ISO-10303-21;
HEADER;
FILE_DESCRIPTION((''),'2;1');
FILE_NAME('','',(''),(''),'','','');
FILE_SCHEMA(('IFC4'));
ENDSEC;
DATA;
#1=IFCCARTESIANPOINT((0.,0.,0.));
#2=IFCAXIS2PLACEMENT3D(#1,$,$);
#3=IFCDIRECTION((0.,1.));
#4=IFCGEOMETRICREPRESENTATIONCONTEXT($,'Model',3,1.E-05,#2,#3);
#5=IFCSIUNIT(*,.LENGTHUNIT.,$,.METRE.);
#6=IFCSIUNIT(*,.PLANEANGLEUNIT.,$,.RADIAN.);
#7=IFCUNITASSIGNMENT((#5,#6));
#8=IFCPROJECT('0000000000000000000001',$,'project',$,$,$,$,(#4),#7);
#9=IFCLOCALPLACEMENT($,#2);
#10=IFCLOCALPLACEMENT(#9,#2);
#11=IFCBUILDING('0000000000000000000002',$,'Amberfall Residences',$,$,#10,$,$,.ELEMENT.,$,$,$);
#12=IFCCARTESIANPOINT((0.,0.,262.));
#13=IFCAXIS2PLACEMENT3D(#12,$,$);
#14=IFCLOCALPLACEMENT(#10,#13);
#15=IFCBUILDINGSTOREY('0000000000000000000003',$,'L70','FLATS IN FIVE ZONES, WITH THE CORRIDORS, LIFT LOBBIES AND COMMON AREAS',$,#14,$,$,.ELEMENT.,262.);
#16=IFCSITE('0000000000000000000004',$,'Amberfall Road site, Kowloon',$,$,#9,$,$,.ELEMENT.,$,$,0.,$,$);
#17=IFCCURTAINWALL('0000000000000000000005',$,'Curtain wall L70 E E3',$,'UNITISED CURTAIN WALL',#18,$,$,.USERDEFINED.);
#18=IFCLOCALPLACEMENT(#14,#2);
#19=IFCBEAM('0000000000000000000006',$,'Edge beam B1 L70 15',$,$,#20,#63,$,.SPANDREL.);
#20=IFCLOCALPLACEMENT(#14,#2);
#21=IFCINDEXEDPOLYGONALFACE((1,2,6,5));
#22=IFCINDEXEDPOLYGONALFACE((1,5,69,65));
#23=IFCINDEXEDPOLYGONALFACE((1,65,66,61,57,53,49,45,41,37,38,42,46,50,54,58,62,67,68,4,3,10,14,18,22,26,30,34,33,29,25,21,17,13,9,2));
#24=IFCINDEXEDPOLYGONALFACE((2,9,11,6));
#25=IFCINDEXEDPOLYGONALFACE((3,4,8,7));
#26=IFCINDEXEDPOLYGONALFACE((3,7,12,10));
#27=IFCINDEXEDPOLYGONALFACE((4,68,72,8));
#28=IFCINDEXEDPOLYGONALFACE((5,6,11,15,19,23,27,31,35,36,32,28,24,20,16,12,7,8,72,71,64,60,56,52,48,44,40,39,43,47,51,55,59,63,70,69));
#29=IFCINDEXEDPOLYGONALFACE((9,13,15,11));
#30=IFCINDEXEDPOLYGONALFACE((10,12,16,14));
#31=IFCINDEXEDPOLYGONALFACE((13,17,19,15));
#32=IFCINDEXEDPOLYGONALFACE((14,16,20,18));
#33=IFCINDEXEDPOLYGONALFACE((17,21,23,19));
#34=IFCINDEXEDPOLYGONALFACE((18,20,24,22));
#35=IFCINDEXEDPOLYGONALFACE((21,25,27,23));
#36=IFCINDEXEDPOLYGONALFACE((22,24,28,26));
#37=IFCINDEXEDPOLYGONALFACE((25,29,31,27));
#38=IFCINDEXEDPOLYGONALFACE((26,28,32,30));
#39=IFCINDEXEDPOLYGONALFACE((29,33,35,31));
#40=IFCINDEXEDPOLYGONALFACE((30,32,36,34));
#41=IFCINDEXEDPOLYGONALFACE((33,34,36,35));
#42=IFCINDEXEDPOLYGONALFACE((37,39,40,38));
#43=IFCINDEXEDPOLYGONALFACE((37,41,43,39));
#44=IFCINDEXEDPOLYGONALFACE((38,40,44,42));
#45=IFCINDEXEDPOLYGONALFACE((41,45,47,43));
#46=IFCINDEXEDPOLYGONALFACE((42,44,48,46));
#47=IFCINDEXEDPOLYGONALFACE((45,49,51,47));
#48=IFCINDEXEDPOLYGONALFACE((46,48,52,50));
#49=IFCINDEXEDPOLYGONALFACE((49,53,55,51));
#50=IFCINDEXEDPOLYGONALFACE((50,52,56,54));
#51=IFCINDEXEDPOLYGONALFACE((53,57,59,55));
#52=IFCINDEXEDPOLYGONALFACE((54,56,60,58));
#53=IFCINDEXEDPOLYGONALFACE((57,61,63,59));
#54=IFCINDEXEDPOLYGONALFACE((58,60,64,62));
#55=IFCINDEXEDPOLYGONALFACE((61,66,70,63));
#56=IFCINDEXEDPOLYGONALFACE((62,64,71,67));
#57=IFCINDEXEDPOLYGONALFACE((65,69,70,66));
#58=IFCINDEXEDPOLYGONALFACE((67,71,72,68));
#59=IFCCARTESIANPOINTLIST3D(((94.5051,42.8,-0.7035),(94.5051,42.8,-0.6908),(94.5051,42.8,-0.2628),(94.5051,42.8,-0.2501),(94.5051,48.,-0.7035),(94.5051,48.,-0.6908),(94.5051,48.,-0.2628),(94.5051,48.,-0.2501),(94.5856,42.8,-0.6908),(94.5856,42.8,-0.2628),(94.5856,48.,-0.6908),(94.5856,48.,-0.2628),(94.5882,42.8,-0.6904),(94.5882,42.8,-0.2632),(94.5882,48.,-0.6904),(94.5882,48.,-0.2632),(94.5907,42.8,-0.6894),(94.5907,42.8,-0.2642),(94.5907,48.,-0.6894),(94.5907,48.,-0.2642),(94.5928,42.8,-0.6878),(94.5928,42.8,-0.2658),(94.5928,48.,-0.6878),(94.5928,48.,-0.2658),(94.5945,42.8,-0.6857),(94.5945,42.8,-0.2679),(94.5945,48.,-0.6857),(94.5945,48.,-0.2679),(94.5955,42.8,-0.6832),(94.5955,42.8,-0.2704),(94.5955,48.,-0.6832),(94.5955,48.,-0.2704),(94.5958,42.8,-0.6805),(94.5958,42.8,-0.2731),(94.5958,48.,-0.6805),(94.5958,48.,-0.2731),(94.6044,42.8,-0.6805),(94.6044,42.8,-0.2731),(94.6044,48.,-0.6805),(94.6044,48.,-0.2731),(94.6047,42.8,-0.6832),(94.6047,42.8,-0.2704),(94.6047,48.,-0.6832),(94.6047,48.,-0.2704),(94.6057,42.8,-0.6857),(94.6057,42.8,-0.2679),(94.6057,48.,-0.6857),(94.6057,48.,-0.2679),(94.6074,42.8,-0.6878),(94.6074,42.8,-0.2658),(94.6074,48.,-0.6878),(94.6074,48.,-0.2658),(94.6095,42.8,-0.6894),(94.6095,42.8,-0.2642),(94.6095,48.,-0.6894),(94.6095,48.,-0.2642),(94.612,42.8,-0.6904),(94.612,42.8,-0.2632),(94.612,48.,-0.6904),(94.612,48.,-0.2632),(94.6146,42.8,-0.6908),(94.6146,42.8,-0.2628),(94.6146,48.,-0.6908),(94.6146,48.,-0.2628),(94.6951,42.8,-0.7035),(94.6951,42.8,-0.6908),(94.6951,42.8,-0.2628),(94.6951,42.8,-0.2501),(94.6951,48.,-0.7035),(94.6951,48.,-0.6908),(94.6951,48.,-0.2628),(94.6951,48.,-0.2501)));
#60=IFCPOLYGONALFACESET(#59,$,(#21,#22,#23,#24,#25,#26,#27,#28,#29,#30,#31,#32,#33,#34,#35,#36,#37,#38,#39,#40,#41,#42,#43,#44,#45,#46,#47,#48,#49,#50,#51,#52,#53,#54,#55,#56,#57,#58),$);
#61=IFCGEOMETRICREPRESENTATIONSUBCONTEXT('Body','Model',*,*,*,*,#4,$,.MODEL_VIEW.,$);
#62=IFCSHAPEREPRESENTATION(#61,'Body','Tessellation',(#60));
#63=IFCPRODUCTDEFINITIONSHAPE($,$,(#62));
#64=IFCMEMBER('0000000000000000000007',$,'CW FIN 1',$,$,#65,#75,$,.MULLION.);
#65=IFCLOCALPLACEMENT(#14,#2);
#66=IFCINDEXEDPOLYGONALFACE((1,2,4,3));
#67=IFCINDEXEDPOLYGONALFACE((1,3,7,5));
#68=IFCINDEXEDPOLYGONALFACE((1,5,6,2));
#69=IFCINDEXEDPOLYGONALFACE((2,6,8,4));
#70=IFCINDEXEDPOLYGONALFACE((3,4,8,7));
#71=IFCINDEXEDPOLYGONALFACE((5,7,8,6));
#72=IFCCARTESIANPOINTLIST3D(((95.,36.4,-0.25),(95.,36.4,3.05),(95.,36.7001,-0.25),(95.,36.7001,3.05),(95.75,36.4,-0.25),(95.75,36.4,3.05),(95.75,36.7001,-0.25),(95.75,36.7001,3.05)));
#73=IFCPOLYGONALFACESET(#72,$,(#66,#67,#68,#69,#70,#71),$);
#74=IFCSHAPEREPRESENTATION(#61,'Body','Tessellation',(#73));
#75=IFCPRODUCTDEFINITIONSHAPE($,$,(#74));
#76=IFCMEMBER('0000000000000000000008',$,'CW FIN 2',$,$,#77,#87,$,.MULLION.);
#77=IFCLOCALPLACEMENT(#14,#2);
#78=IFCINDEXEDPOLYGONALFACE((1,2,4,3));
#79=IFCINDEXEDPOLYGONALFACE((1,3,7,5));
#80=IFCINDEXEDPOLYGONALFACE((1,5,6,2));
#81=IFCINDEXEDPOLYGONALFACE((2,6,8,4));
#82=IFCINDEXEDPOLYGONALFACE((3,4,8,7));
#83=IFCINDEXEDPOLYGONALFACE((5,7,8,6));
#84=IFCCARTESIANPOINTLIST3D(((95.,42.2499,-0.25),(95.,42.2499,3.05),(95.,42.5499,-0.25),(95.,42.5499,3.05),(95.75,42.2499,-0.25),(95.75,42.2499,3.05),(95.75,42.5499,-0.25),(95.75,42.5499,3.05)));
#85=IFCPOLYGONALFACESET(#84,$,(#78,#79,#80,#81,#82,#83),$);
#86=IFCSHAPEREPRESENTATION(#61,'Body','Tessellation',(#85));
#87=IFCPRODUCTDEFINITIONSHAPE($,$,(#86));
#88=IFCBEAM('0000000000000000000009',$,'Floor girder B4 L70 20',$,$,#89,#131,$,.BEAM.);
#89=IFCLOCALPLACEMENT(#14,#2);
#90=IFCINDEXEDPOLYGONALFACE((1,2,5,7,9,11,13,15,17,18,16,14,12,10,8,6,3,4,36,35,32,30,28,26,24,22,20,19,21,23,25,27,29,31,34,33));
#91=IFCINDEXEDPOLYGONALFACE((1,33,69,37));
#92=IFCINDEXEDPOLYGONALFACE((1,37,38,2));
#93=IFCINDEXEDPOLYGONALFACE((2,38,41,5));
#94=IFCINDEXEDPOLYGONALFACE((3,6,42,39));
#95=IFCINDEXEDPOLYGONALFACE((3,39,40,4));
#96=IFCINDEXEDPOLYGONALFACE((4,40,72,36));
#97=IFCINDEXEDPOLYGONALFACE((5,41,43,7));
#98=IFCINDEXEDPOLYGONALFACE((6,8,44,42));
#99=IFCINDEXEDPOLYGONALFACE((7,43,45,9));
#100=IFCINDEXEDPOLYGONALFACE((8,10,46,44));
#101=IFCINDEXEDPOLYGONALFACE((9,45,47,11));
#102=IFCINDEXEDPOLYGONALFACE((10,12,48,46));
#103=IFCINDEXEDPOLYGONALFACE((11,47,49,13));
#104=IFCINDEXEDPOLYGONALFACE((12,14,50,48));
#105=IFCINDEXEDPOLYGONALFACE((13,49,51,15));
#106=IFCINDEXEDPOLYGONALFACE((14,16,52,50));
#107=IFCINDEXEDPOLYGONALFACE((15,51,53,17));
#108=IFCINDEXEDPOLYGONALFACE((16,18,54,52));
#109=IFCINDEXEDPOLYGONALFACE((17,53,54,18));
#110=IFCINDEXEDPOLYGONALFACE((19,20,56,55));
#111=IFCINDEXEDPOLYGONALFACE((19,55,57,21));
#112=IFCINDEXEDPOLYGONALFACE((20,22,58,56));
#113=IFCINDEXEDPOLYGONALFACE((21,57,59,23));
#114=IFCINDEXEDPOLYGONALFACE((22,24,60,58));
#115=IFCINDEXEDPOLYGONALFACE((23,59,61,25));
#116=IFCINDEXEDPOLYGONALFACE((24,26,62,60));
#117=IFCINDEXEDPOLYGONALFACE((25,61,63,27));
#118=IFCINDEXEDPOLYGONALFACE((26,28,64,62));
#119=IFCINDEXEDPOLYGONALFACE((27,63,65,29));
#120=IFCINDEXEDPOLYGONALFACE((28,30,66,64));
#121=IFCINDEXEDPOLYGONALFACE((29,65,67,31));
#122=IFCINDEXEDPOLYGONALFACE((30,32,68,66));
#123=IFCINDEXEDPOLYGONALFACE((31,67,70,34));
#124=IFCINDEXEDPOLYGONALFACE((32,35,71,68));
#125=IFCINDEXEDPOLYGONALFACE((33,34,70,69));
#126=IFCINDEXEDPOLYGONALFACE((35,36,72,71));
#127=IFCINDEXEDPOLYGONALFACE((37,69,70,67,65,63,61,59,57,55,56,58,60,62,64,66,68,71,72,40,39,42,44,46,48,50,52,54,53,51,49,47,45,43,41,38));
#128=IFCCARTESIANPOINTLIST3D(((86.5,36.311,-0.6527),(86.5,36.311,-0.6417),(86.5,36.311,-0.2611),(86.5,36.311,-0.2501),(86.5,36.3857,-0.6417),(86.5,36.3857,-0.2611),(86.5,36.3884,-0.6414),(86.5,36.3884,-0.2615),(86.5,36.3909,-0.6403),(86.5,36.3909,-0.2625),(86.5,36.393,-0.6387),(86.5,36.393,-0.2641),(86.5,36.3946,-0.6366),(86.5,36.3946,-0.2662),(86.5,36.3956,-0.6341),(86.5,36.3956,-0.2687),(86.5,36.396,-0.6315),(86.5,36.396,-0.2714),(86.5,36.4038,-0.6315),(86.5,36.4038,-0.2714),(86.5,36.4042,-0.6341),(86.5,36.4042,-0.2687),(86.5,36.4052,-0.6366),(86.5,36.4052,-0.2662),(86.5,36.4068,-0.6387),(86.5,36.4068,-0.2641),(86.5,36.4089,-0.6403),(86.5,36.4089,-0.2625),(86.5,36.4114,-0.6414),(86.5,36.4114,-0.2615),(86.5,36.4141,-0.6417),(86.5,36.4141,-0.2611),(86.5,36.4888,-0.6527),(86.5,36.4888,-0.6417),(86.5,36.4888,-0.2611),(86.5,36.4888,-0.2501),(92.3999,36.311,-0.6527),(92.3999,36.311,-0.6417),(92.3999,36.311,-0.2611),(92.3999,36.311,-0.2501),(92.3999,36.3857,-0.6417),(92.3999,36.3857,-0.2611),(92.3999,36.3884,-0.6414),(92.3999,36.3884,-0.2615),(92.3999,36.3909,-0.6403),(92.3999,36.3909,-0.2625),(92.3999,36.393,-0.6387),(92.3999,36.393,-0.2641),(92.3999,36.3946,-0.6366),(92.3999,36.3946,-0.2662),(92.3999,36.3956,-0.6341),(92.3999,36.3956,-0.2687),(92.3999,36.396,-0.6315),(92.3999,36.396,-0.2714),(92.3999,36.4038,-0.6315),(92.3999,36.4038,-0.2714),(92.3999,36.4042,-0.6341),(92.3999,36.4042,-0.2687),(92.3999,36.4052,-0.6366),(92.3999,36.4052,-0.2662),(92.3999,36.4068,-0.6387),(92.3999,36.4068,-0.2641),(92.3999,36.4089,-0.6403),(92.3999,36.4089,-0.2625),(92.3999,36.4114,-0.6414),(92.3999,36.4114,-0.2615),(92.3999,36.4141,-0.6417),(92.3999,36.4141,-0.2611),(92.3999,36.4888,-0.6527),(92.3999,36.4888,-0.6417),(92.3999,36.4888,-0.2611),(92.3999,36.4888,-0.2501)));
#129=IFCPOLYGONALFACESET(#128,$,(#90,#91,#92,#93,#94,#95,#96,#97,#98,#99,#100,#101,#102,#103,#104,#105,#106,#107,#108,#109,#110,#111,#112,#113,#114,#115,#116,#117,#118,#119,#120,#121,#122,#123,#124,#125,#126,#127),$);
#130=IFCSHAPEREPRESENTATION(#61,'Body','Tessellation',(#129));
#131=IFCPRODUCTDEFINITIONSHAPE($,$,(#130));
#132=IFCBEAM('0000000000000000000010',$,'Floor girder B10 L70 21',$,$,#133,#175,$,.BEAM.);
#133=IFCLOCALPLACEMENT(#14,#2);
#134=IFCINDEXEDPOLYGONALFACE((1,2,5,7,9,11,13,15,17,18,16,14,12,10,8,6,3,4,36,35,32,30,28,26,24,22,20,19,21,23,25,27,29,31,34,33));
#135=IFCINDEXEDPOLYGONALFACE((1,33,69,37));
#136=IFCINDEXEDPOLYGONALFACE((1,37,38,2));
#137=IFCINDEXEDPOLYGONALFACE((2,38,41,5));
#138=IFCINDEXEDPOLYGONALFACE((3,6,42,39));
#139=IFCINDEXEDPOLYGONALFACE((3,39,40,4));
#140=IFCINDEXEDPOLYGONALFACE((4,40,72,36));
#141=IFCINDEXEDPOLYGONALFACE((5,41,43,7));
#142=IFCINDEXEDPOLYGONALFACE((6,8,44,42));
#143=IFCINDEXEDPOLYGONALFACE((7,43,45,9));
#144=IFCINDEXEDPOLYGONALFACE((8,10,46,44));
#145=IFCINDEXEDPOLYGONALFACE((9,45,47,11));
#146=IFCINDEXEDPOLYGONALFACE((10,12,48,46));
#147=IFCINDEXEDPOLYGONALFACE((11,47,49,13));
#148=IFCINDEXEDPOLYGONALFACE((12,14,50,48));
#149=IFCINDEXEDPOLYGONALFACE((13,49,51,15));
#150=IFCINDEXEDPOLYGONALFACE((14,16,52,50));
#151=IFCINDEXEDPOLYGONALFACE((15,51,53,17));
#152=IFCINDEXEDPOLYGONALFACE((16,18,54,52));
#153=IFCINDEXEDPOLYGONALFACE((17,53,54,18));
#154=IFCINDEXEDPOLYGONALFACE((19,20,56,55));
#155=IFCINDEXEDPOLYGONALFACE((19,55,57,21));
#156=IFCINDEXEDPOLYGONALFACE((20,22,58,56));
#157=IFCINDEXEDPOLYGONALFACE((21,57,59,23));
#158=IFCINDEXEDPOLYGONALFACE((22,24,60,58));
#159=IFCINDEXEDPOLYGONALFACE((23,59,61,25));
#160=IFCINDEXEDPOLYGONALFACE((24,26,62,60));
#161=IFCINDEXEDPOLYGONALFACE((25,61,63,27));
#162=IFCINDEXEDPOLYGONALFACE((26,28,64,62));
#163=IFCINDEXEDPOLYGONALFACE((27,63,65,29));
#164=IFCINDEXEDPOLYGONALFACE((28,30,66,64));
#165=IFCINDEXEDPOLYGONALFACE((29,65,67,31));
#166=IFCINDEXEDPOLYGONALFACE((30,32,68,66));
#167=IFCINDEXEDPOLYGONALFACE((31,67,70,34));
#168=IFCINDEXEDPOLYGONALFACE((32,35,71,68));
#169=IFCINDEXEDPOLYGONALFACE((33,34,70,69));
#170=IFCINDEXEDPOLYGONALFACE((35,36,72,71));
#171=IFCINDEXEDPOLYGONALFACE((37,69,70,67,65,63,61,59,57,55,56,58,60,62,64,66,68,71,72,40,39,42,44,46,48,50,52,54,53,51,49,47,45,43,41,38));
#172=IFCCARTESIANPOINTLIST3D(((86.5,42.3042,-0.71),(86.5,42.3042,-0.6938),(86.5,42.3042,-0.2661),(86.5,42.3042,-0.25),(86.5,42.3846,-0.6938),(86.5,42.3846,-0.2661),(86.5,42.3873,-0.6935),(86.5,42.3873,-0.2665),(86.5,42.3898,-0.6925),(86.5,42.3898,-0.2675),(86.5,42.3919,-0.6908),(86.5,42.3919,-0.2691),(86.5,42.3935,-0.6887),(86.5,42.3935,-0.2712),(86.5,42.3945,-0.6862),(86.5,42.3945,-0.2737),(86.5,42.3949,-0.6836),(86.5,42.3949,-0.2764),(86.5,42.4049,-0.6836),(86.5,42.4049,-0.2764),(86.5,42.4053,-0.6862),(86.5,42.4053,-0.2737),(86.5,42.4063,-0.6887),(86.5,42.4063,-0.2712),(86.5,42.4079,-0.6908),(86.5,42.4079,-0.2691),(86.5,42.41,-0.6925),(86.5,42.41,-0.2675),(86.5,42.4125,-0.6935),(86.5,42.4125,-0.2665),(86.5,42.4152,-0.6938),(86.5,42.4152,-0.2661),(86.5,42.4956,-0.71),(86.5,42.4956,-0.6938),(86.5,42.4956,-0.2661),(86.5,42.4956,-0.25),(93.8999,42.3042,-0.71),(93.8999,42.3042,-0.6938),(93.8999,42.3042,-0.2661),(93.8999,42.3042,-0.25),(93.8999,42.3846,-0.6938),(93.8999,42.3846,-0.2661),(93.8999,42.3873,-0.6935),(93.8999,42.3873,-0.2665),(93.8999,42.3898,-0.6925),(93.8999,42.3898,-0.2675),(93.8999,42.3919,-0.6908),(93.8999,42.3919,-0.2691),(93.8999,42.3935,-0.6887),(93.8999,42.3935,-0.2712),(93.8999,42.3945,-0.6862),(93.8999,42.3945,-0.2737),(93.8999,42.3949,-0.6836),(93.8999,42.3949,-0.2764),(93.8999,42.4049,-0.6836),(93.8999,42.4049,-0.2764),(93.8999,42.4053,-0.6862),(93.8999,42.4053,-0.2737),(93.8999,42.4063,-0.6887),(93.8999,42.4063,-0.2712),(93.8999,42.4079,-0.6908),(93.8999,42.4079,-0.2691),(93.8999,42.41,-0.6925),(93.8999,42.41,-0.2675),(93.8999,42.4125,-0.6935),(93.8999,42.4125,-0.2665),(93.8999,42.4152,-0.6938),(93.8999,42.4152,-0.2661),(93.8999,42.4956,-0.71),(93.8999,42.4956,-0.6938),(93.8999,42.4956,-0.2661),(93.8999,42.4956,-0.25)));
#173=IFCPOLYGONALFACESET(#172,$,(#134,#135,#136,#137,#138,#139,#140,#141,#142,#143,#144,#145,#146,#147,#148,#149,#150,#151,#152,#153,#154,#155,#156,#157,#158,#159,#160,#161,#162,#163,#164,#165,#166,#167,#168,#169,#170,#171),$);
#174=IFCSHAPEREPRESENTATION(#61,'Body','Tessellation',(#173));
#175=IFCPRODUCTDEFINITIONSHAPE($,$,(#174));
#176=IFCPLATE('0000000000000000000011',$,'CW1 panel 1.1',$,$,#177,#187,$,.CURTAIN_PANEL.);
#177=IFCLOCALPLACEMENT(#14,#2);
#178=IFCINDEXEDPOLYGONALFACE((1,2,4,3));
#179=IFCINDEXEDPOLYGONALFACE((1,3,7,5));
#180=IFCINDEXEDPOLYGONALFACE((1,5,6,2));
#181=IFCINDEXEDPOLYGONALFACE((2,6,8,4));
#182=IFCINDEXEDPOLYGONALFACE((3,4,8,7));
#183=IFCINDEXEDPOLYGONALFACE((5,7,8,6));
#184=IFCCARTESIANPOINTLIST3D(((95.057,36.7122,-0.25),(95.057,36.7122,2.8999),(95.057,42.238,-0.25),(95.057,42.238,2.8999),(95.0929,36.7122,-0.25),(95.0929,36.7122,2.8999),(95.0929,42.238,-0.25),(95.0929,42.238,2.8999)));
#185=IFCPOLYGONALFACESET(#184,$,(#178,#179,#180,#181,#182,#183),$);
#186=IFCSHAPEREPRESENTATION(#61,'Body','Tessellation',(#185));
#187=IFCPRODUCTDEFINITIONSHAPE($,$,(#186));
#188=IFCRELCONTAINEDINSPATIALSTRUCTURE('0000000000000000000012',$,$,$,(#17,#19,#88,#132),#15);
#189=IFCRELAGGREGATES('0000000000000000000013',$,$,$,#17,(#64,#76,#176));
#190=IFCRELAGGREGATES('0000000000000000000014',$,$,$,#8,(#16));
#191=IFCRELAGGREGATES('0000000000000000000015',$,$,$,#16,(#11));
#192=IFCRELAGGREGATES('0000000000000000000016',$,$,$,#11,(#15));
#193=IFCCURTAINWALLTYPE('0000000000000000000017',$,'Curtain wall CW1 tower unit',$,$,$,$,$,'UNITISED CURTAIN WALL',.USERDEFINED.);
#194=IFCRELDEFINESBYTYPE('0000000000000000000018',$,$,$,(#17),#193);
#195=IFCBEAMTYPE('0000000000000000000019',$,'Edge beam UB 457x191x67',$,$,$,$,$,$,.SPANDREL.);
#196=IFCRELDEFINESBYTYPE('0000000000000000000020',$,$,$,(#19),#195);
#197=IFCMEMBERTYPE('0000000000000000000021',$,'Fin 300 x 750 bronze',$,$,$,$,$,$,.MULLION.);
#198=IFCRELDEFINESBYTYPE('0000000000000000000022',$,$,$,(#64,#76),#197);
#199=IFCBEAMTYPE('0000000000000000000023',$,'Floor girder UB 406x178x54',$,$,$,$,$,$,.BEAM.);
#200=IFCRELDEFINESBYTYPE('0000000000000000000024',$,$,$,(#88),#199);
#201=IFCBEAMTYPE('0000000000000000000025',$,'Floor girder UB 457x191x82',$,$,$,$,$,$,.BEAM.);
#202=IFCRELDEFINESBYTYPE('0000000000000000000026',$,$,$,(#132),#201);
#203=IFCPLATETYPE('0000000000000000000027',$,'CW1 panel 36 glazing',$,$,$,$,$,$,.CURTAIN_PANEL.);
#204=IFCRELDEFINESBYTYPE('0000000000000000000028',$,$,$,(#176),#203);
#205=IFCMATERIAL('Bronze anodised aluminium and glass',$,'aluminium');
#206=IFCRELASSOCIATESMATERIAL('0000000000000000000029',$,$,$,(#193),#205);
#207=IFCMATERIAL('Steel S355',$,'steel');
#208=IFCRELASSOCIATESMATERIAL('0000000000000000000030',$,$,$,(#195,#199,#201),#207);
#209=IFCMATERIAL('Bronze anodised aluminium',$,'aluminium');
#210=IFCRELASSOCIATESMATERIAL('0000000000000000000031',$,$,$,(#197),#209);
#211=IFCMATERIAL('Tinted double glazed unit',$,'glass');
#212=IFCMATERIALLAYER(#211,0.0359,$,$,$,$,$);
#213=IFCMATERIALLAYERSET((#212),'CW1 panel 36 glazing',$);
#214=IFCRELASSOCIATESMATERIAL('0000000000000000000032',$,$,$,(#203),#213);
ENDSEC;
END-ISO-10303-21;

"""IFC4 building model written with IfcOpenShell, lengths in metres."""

from ifc_helpers import new_model, si_unit, direction, frame, origin, origin_2d, place, context, subcontext, project, spatial, rectangle, i_section, extrude, material, layer, layer_set, material_profile, profile_set, type_object, element, aggregate, save


model = new_model("IFC4")

# Units and contexts
model_context = context("Model", 3, precision=1e-05, world=origin(), true_north=direction((0.0, 1.0)))
body_context = subcontext(model_context, "Body", "Model", "MODEL_VIEW")
ifc_project = project(units=[si_unit("LENGTHUNIT", "METRE"), si_unit("PLANEANGLEUNIT", "RADIAN")], contexts=[model_context])

# Site, building, storey
site_placement = place(None, origin())
site = spatial("IfcSite", under=ifc_project, at=site_placement, Name="Amberfall Road site, Kowloon", CompositionType="ELEMENT", RefElevation=0.0)
building_placement = place(site_placement, origin())
building = spatial("IfcBuilding", under=site, at=building_placement, Name="Amberfall Residences", CompositionType="ELEMENT")
storey_placement = place(building_placement, frame((0.0, 0.0, 262.0)))
storey = spatial("IfcBuildingStorey", under=building, at=storey_placement, Name="L70", Description="FLATS IN FIVE ZONES, WITH THE CORRIDORS, LIFT LOBBIES AND COMMON AREAS", CompositionType="ELEMENT", Elevation=262.0)

# Curtain wall
ifc_material_1 = material(Name="Bronze anodised aluminium and glass", Category="aluminium")
curtain_wall_type = type_object("IfcCurtainWallType", Name="Curtain wall CW1 tower unit", ElementType="UNITISED CURTAIN WALL", PredefinedType="USERDEFINED", material=ifc_material_1)
curtain_wall_placement = place(storey_placement, origin())
curtain_wall = element("IfcCurtainWall", 1, at=curtain_wall_placement, inside=storey, type_object=curtain_wall_type, Name="Curtain wall L70 E E3", ObjectType="UNITISED CURTAIN WALL", PredefinedType="USERDEFINED")
ifc_material_2 = material(Name="Bronze anodised aluminium", Category="aluminium")

# Beam
ifc_material_3 = material(Name="Steel S355", Category="steel")
ifc_material_profile_1 = material_profile(ifc_material_3, i_section(OverallWidth=0.1899, OverallDepth=0.4534, WebThickness=0.0085, FlangeThickness=0.0127, FilletRadius=0.0103, at=origin_2d()), Name="UB 457x191x67")
ifc_profile_set_1 = profile_set([ifc_material_profile_1], Name="Steel S355")
beam_type_1 = type_object("IfcBeamType", Name="Edge beam UB 457x191x67", PredefinedType="SPANDREL", material=ifc_profile_set_1)
beam_1_placement = place(storey_placement, frame((94.6001, 42.8, -0.4768), z_axis=(0.0, 1.0, 0.0), x_axis=(-1.0, 0.0, 0.0)))
element("IfcBeam", 2, at=beam_1_placement, inside=storey, type_object=beam_type_1, Name="Edge beam B1 L70 15", PredefinedType="SPANDREL", context=body_context, shape_type="SweptSolid", body=[
    extrude(i_section(OverallWidth=0.1899, OverallDepth=0.4534, WebThickness=0.0085, FlangeThickness=0.0127, FilletRadius=0.0103, at=origin_2d()), origin(), (0.0, 0.0, 1.0), 5.2),
])

# Members
ifc_material_profile_2 = material_profile(ifc_material_2, rectangle(XDim=0.75, YDim=0.3, at=origin_2d()), Name="Fin 300 x 750 bronze")
ifc_profile_set_2 = profile_set([ifc_material_profile_2], Name="Bronze anodised aluminium")
member_type_1 = type_object("IfcMemberType", Name="Fin 300 x 750 bronze", PredefinedType="MULLION", material=ifc_profile_set_2)
member_1_placement = place(storey_placement, frame((95.375, 36.55, -0.25), z_axis=(0.0, 0.0, 1.0), x_axis=(-1.0, 0.0, 0.0)))
member_1 = element("IfcMember", 3, at=member_1_placement, type_object=member_type_1, Name="CW FIN 1", PredefinedType="MULLION", context=body_context, shape_type="SweptSolid", body=[
    extrude(rectangle(XDim=0.75, YDim=0.3, at=origin_2d()), origin(), (0.0, 0.0, 1.0), 3.3),
])
member_2_placement = place(storey_placement, frame((95.375, 42.3999, -0.25), z_axis=(0.0, 0.0, 1.0), x_axis=(-1.0, 0.0, 0.0)))
member_2 = element("IfcMember", 4, at=member_2_placement, type_object=member_type_1, Name="CW FIN 2", PredefinedType="MULLION", context=body_context, shape_type="SweptSolid", body=[
    extrude(rectangle(XDim=0.75, YDim=0.3, at=origin_2d()), origin(), (0.0, 0.0, 1.0), 3.3),
])

# Beams
ifc_material_profile_3 = material_profile(ifc_material_3, i_section(OverallWidth=0.1777, OverallDepth=0.4026, WebThickness=0.0078, FlangeThickness=0.011, FilletRadius=0.0103, at=origin_2d()), Name="UB 406x178x54")
ifc_profile_set_3 = profile_set([ifc_material_profile_3], Name="Steel S355")
beam_type_2 = type_object("IfcBeamType", Name="Floor girder UB 406x178x54", PredefinedType="BEAM", material=ifc_profile_set_3)
beam_2_placement = place(storey_placement, frame((92.3999, 36.3999, -0.4514), z_axis=(-1.0, 0.0, 0.0), x_axis=(0.0, -1.0, 0.0)))
element("IfcBeam", 5, at=beam_2_placement, inside=storey, type_object=beam_type_2, Name="Floor girder B4 L70 20", PredefinedType="BEAM", context=body_context, shape_type="SweptSolid", body=[
    extrude(i_section(OverallWidth=0.1777, OverallDepth=0.4026, WebThickness=0.0078, FlangeThickness=0.011, FilletRadius=0.0103, at=origin_2d()), origin(), (0.0, 0.0, 1.0), 5.8999),
])
ifc_material_profile_4 = material_profile(ifc_material_3, i_section(OverallWidth=0.1914, OverallDepth=0.46, WebThickness=0.01, FlangeThickness=0.0161, FilletRadius=0.0103, at=origin_2d()), Name="UB 457x191x82")
ifc_profile_set_4 = profile_set([ifc_material_profile_4], Name="Steel S355")
beam_type_3 = type_object("IfcBeamType", Name="Floor girder UB 457x191x82", PredefinedType="BEAM", material=ifc_profile_set_4)
beam_3_placement = place(storey_placement, frame((93.8999, 42.3999, -0.48), z_axis=(-1.0, 0.0, 0.0), x_axis=(0.0, -1.0, 0.0)))
element("IfcBeam", 6, at=beam_3_placement, inside=storey, type_object=beam_type_3, Name="Floor girder B10 L70 21", PredefinedType="BEAM", context=body_context, shape_type="SweptSolid", body=[
    extrude(i_section(OverallWidth=0.1914, OverallDepth=0.46, WebThickness=0.01, FlangeThickness=0.0161, FilletRadius=0.0103, at=origin_2d()), origin(), (0.0, 0.0, 1.0), 7.3999),
])

# Plate
ifc_material_4 = material(Name="Tinted double glazed unit", Category="glass")
ifc_layer_1 = layer(ifc_material_4, 0.0359)
ifc_layer_set_1 = layer_set([ifc_layer_1], Name="CW1 panel 36 glazing")
plate_type = type_object("IfcPlateType", Name="CW1 panel 36 glazing", PredefinedType="CURTAIN_PANEL", material=ifc_layer_set_1)
plate_placement = place(storey_placement, frame((95.075, 39.4751, -0.25), z_axis=(0.0, 0.0, 1.0), x_axis=(0.0, 1.0, 0.0)))
plate = element("IfcPlate", 7, at=plate_placement, type_object=plate_type, Name="CW1 panel 1.1", PredefinedType="CURTAIN_PANEL", context=body_context, shape_type="SweptSolid", body=[
    extrude(rectangle(XDim=5.5259, YDim=0.0359, at=origin_2d()), origin(), (0.0, 0.0, 1.0), 3.1499),
])
aggregate(curtain_wall, [member_1, member_2, plate])

save(model, "model.ifc")
